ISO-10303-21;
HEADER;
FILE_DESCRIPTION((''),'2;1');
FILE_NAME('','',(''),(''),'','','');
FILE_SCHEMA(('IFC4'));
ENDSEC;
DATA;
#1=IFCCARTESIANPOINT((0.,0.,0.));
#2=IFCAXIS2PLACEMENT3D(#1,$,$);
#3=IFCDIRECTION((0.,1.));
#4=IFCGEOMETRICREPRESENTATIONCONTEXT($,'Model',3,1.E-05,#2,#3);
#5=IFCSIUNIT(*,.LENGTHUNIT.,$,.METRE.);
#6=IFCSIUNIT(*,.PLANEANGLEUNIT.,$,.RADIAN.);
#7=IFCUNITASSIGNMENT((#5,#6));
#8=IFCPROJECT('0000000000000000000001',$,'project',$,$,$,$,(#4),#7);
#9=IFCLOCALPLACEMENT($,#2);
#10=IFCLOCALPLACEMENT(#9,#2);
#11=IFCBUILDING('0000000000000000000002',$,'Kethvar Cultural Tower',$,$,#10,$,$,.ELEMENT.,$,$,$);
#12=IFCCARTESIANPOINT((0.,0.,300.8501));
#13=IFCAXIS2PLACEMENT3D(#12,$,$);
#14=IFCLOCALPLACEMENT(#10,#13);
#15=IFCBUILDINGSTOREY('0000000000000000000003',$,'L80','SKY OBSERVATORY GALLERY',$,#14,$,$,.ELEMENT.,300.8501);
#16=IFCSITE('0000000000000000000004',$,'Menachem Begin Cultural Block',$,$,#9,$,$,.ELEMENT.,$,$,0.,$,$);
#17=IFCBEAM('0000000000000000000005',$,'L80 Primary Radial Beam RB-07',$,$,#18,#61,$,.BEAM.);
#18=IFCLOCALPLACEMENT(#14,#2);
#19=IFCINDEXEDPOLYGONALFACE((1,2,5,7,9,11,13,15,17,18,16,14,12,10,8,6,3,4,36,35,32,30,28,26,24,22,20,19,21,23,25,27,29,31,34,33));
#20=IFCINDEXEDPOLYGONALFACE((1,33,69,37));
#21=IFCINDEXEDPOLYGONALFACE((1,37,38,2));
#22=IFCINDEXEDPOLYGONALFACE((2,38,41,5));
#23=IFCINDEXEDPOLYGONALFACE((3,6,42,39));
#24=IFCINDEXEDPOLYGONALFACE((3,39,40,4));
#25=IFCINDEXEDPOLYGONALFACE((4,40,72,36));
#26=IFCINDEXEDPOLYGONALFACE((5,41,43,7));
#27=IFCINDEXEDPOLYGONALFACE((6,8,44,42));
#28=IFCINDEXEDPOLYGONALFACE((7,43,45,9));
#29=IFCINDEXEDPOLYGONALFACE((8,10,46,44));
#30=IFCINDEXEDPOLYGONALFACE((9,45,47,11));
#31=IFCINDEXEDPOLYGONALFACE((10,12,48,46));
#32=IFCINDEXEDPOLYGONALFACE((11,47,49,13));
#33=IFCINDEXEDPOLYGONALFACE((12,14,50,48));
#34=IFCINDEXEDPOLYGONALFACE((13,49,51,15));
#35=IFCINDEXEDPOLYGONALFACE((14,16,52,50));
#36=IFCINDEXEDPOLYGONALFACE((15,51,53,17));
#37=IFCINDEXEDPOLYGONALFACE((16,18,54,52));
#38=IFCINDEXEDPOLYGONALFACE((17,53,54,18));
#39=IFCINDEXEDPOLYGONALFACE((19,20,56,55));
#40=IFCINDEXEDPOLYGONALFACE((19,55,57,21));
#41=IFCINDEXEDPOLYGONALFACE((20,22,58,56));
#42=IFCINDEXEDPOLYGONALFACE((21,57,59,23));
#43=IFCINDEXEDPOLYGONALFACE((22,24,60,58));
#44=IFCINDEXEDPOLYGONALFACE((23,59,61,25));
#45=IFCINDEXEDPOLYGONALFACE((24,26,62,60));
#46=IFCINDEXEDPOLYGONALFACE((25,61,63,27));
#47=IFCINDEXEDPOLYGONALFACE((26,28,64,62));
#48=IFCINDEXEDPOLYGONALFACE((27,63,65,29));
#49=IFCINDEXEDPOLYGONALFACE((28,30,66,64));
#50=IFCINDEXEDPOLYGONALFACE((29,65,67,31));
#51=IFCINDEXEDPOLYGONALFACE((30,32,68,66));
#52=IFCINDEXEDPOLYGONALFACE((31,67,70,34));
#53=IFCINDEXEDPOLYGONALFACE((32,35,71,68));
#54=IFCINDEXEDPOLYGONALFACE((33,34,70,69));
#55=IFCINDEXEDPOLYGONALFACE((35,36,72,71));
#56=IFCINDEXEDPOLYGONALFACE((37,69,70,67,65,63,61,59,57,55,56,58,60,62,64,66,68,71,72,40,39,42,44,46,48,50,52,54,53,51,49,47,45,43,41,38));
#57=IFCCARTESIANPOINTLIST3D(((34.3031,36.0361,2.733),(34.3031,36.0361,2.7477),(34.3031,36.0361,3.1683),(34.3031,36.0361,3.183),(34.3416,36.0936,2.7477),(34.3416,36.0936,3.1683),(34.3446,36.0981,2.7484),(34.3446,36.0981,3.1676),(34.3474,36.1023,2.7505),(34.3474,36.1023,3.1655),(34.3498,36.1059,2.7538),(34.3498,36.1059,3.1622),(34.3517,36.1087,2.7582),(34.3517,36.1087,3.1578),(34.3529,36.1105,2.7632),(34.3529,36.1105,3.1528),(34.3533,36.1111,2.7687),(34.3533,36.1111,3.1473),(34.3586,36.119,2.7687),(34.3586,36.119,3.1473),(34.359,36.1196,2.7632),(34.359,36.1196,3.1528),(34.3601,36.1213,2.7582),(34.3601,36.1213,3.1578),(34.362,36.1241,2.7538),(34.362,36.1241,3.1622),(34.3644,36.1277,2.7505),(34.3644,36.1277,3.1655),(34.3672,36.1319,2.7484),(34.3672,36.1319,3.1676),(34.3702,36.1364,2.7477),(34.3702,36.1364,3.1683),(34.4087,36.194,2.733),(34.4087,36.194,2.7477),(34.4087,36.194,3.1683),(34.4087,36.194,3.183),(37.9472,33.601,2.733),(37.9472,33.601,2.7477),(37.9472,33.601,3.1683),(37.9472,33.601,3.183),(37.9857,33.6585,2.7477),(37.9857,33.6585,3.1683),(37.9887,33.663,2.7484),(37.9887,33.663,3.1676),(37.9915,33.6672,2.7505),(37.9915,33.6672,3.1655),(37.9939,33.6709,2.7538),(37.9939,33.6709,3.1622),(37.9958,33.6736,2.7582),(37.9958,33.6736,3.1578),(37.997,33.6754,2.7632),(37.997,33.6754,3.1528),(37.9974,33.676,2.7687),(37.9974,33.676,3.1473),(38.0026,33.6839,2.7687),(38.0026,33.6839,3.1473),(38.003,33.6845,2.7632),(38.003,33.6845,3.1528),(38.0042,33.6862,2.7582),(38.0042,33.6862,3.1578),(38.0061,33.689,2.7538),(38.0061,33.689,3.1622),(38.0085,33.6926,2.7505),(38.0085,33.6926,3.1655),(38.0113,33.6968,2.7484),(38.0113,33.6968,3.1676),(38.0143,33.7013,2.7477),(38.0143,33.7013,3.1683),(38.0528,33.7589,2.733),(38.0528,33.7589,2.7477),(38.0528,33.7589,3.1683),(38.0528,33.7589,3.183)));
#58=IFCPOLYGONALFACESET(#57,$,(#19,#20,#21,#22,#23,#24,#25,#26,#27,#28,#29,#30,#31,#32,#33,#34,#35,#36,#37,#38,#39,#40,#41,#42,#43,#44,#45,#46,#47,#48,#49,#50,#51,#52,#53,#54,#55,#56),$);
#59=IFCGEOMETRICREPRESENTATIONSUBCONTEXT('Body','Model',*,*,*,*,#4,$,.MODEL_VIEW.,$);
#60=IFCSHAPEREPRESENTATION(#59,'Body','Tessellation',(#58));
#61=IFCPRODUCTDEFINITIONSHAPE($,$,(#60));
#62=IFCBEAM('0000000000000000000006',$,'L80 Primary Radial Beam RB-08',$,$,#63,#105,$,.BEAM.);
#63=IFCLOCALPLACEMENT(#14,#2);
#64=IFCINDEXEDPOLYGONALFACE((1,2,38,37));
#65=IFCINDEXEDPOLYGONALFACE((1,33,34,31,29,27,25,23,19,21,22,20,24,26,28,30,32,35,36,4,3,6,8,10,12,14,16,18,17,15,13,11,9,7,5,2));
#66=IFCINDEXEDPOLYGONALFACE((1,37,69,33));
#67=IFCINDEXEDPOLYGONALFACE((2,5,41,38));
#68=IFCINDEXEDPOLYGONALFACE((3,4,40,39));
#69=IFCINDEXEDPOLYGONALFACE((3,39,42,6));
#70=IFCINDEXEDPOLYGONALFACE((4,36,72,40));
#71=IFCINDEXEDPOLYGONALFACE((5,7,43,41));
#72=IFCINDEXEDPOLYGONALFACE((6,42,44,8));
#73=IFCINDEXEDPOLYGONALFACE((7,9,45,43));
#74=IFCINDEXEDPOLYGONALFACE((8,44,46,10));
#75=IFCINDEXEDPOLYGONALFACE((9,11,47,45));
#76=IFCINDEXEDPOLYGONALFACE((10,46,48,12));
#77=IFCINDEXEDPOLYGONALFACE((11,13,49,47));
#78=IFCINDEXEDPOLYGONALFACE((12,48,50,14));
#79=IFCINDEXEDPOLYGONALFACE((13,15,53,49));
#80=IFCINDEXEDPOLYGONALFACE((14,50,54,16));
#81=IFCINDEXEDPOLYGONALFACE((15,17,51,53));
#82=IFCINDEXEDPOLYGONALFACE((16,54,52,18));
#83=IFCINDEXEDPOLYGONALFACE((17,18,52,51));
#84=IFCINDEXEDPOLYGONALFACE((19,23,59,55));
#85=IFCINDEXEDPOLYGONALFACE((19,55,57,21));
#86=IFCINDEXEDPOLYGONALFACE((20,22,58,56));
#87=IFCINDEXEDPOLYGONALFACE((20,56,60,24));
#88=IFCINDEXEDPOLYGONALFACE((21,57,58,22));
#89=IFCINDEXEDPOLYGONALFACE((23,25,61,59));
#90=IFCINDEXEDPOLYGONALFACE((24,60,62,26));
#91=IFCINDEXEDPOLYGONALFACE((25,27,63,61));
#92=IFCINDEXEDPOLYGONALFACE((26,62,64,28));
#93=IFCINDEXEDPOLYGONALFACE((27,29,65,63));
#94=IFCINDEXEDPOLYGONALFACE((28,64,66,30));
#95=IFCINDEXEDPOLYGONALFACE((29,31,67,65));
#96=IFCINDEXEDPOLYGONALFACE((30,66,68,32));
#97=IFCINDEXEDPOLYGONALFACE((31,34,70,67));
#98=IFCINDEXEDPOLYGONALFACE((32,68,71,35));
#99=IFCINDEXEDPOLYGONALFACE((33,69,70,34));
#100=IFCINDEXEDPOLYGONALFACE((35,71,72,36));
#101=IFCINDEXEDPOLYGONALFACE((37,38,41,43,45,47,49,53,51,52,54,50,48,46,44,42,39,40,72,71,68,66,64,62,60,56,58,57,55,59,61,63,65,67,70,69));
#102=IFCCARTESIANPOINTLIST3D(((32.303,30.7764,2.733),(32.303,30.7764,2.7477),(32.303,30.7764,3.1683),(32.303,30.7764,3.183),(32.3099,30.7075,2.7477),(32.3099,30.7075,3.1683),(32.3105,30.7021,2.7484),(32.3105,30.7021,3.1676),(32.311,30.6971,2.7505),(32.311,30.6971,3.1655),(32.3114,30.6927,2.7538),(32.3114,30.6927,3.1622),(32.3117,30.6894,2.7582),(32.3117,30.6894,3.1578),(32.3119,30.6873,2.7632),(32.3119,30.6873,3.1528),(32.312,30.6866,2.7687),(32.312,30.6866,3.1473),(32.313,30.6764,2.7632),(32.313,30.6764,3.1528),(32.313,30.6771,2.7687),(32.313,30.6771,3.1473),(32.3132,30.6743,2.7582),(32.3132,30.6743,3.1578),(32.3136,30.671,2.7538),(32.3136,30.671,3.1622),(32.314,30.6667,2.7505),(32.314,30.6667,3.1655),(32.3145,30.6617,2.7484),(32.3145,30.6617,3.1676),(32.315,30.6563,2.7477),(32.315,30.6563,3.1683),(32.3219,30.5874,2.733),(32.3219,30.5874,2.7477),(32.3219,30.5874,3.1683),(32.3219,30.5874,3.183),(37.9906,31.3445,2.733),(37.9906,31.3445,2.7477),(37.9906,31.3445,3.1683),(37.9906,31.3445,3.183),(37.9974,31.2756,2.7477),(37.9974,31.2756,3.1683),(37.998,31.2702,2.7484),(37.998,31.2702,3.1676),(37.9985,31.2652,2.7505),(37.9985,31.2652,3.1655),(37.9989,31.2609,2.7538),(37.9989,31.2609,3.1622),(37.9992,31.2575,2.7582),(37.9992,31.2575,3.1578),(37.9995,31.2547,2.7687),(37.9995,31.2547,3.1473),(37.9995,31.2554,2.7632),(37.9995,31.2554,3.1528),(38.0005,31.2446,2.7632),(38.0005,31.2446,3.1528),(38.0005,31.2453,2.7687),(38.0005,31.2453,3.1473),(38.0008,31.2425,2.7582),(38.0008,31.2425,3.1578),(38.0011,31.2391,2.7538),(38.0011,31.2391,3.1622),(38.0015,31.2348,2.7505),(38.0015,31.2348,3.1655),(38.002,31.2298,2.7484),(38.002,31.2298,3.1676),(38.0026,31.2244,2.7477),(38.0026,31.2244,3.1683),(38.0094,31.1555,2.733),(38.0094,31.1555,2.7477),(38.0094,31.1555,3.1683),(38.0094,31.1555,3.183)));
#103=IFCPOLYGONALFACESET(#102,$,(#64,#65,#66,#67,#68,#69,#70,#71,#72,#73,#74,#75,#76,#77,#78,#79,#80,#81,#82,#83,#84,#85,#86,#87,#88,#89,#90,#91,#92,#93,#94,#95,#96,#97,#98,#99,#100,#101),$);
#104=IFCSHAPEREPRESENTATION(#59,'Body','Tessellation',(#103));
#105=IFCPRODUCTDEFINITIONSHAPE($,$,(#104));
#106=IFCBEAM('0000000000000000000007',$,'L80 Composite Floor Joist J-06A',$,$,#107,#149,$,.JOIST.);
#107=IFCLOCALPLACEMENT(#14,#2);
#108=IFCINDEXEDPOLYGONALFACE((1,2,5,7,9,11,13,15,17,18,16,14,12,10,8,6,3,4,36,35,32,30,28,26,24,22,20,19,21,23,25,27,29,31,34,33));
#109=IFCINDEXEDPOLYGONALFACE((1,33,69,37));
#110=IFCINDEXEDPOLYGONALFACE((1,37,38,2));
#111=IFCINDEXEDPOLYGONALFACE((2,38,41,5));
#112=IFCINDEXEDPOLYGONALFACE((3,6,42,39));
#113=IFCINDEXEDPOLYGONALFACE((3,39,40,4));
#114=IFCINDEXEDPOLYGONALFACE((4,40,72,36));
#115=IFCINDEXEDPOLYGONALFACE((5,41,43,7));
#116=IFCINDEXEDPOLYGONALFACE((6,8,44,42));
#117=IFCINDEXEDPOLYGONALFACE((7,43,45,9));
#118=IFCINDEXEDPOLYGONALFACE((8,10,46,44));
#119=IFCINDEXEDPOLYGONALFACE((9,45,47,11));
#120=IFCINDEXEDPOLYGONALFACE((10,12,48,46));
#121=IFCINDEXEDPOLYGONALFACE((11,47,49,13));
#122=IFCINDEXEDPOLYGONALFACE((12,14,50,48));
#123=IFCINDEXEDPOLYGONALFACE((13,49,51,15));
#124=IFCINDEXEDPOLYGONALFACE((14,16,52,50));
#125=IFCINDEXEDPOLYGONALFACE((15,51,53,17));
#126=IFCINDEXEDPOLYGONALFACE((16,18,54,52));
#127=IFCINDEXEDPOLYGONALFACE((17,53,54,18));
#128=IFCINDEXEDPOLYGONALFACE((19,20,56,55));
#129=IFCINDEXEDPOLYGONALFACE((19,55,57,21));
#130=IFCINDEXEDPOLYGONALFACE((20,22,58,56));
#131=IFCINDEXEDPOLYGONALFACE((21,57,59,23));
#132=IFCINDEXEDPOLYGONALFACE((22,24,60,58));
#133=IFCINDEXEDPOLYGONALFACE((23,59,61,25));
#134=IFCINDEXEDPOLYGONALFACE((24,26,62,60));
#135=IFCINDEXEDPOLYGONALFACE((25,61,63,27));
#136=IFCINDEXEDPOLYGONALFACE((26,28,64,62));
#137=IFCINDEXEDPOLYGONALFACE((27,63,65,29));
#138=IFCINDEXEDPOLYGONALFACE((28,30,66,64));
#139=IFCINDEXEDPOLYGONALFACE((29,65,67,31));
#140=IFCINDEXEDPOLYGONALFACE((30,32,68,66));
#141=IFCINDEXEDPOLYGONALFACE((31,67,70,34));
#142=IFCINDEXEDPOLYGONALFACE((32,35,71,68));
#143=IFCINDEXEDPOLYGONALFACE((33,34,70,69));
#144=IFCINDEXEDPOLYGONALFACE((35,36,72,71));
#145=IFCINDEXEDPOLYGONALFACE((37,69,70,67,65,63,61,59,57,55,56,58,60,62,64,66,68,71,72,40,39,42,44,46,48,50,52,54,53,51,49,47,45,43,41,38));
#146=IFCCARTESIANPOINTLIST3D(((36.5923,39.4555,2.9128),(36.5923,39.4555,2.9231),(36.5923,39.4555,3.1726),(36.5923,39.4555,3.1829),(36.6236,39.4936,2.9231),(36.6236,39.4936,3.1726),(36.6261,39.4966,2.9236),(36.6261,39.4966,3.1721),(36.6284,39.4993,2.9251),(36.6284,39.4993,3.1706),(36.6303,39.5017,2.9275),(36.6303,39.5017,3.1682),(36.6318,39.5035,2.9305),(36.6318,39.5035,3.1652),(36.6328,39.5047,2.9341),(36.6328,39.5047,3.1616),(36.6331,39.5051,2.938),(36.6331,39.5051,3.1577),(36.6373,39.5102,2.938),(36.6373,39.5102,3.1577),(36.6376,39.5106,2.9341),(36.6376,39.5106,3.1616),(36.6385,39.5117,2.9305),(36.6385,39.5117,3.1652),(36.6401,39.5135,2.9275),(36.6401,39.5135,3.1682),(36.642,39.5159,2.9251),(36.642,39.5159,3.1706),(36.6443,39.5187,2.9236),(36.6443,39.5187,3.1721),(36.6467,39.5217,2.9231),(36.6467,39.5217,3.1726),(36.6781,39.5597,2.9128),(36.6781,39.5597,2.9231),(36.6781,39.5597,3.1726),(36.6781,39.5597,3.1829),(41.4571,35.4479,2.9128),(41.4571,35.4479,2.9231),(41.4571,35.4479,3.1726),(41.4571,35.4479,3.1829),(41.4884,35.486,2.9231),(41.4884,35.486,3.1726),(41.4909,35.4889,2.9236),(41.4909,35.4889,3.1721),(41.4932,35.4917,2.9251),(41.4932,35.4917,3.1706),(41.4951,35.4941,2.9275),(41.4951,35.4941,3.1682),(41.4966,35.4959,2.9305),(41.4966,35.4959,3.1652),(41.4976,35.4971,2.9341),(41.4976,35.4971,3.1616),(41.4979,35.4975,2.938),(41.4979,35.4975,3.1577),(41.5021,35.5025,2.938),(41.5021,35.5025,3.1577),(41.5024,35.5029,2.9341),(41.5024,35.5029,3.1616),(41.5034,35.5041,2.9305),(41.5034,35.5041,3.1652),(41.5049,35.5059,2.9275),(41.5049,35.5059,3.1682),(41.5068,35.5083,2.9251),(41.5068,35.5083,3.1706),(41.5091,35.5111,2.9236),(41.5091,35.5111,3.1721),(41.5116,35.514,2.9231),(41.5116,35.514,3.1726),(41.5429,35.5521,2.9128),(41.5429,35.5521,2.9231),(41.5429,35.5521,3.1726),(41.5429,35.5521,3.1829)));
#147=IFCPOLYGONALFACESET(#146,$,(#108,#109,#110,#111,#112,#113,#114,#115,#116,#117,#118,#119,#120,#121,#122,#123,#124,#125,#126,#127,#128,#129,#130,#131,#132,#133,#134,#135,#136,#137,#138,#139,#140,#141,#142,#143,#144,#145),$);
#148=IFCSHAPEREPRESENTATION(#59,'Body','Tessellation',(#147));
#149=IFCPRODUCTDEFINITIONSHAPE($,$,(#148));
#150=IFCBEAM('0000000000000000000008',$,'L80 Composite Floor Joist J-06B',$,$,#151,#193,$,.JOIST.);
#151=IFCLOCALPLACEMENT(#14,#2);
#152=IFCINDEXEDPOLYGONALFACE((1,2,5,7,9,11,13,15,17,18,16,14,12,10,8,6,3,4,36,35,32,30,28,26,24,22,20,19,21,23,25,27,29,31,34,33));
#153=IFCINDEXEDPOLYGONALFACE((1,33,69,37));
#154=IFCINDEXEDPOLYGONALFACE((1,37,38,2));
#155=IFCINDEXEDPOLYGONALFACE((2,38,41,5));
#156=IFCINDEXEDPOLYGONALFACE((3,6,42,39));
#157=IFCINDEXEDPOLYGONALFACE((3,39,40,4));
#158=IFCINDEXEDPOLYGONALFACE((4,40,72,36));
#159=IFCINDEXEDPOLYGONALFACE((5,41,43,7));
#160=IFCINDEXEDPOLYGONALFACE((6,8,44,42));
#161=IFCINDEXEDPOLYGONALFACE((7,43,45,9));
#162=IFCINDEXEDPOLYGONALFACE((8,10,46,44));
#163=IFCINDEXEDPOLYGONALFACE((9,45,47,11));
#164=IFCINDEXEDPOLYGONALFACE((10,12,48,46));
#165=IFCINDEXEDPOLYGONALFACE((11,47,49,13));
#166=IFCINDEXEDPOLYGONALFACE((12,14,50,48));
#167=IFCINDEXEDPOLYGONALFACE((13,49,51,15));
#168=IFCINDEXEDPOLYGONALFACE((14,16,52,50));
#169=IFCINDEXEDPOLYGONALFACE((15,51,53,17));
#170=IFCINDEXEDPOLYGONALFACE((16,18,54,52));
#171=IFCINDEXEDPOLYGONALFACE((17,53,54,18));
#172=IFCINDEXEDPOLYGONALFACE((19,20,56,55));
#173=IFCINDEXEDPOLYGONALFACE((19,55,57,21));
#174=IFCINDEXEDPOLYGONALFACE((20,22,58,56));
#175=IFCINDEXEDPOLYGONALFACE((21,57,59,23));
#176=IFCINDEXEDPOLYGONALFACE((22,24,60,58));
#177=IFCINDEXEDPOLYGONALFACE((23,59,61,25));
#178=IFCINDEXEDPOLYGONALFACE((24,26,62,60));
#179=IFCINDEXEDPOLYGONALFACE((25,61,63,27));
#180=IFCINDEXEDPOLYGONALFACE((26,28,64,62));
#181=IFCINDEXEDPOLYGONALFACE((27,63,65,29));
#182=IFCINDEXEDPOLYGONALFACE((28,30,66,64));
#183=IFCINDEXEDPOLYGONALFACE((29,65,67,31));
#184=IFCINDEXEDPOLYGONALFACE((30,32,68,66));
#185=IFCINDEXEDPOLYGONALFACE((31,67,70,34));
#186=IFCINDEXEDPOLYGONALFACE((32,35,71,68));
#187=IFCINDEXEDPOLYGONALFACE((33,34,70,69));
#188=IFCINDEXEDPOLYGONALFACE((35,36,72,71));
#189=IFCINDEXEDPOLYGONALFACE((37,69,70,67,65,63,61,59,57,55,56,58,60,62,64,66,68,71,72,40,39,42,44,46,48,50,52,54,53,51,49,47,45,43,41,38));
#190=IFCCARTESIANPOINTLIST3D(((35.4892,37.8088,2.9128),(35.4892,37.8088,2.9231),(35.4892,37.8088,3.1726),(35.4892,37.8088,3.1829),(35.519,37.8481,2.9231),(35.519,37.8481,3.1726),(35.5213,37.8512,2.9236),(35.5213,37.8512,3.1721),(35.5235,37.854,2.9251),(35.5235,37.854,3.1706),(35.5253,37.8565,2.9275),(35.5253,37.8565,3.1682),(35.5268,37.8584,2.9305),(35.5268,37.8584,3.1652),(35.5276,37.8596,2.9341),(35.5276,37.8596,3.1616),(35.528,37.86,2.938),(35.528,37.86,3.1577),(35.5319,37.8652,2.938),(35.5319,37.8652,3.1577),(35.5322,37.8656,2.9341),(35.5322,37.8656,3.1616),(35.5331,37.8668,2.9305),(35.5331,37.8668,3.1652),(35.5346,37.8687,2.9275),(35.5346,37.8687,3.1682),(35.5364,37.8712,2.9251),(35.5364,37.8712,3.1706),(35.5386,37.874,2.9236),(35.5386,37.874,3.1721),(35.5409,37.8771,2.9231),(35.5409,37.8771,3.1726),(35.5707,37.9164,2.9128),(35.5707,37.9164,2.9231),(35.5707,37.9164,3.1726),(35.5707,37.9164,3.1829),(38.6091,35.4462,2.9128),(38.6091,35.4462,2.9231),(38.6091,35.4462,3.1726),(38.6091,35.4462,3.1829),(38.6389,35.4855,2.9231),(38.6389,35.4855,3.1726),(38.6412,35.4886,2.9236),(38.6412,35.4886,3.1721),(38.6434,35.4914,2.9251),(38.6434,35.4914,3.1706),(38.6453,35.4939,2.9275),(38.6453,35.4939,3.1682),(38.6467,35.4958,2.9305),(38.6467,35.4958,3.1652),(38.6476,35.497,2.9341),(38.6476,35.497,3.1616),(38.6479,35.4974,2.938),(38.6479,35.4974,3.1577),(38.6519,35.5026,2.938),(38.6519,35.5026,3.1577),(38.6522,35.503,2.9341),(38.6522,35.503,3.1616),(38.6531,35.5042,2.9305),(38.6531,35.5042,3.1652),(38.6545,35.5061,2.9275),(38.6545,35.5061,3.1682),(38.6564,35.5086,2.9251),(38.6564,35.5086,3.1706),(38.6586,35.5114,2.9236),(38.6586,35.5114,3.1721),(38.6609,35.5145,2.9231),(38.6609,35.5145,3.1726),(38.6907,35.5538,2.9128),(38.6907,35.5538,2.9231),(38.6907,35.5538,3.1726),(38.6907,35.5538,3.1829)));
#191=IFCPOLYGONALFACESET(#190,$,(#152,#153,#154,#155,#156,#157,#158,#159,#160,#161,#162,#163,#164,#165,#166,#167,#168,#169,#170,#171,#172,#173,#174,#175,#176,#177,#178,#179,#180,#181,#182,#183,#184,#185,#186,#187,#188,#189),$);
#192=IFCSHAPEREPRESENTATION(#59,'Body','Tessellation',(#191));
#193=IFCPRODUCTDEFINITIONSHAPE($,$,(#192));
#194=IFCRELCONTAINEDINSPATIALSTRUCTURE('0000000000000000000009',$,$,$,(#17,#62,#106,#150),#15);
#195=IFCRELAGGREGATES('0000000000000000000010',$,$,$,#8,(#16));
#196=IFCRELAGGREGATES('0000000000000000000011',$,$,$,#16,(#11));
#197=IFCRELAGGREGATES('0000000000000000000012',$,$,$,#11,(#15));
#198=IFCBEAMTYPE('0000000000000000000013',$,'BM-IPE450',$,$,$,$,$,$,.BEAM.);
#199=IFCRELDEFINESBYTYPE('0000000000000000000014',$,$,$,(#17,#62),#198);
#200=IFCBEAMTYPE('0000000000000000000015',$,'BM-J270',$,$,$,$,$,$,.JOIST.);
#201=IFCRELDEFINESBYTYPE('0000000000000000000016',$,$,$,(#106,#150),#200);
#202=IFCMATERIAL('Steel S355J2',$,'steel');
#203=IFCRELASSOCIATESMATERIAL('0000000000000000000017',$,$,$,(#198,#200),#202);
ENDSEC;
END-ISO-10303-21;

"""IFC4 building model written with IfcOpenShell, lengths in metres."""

from ifc_helpers import new_model, si_unit, direction, frame, origin, origin_2d, place, context, subcontext, project, spatial, i_section, extrude, source, transform, mapped, material, material_profile, profile_set, type_object, element, save


model = new_model("IFC4")

# Units and contexts
model_context = context("Model", 3, precision=1e-05, world=origin(), true_north=direction((0.0, 1.0)))
body_context = subcontext(model_context, "Body", "Model", "MODEL_VIEW")
ifc_project = project(units=[si_unit("LENGTHUNIT", "METRE"), si_unit("PLANEANGLEUNIT", "RADIAN")], contexts=[model_context])

# Site, building, storey
site_placement = place(None, origin())
site = spatial("IfcSite", under=ifc_project, at=site_placement, Name="Menachem Begin Cultural Block", CompositionType="ELEMENT", RefElevation=0.0)
building_placement = place(site_placement, origin())
building = spatial("IfcBuilding", under=site, at=building_placement, Name="Kethvar Cultural Tower", CompositionType="ELEMENT")
storey_placement = place(building_placement, frame((0.0, 0.0, 300.8501)))
storey = spatial("IfcBuildingStorey", under=building, at=storey_placement, Name="L80", Description="SKY OBSERVATORY GALLERY", CompositionType="ELEMENT", Elevation=300.8501)

# Beams
ifc_material_1 = material(Name="Steel S355J2", Category="steel")
ifc_material_profile_1 = material_profile(ifc_material_1, i_section(OverallWidth=0.1899, OverallDepth=0.45, WebThickness=0.0095, FlangeThickness=0.0146, FilletRadius=0.021, at=origin_2d()), Name="Steel S355J2 — IPE450")
ifc_profile_set_1 = profile_set([ifc_material_profile_1], Name="Steel S355J2 — IPE450")
beam_type_1 = type_object("IfcBeamType", Name="BM-IPE450", PredefinedType="BEAM", material=ifc_profile_set_1)
shared_shape_1 = source(origin(), body_context, "Body", "SweptSolid", [
    extrude(i_section(OverallWidth=0.1899, OverallDepth=0.45, WebThickness=0.0095, FlangeThickness=0.0146, FilletRadius=0.021, at=origin_2d()), origin(), (0.0, 0.0, 1.0), 4.3828),
])
beam_1_placement = place(storey_placement, frame((38.0, 33.6799, 2.958), z_axis=(-0.83145, 0.5556, 0.0), x_axis=(-0.5556, -0.83145, 0.0)))
element("IfcBeam", 1, at=beam_1_placement, inside=storey, type_object=beam_type_1, Name="L80 Primary Radial Beam RB-07", PredefinedType="BEAM", context=body_context, shape_type="MappedRepresentation", body=[
    mapped(shared_shape_1, transform((0.0, 0.0, 0.0), scale=1.0)),
])
shared_shape_2 = source(origin(), body_context, "Body", "SweptSolid", [
    extrude(i_section(OverallWidth=0.1899, OverallDepth=0.45, WebThickness=0.0095, FlangeThickness=0.0146, FilletRadius=0.021, at=origin_2d()), origin(), (0.0, 0.0, 1.0), 5.7158),
])
beam_2_placement = place(storey_placement, frame((38.0, 31.25, 2.958), z_axis=(-0.995048, -0.099394, 0.0), x_axis=(0.099394, -0.995048, 0.0)))
element("IfcBeam", 2, at=beam_2_placement, inside=storey, type_object=beam_type_1, Name="L80 Primary Radial Beam RB-08", PredefinedType="BEAM", context=body_context, shape_type="MappedRepresentation", body=[
    mapped(shared_shape_2, transform((0.0, 0.0, 0.0), scale=1.0)),
])
ifc_material_profile_2 = material_profile(ifc_material_1, i_section(OverallWidth=0.135, OverallDepth=0.27, WebThickness=0.0066, FlangeThickness=0.0103, FilletRadius=0.0149, at=origin_2d()), Name="Steel S355J2 — IPE270")
ifc_profile_set_2 = profile_set([ifc_material_profile_2], Name="Steel S355J2 — IPE270")
beam_type_2 = type_object("IfcBeamType", Name="BM-J270", PredefinedType="JOIST", material=ifc_profile_set_2)
shared_shape_3 = source(origin(), body_context, "Body", "SweptSolid", [
    extrude(i_section(OverallWidth=0.135, OverallDepth=0.27, WebThickness=0.0066, FlangeThickness=0.0103, FilletRadius=0.0149, at=origin_2d()), origin(), (0.0, 0.0, 1.0), 6.303),
])
beam_3_placement = place(storey_placement, frame((41.5, 35.5, 3.0479), z_axis=(-0.771828, 0.635831, 0.0), x_axis=(-0.635831, -0.771828, 0.0)))
element("IfcBeam", 3, at=beam_3_placement, inside=storey, type_object=beam_type_2, Name="L80 Composite Floor Joist J-06A", PredefinedType="JOIST", context=body_context, shape_type="MappedRepresentation", body=[
    mapped(shared_shape_3, transform((0.0, 0.0, 0.0), scale=1.0)),
])
shared_shape_4 = source(origin(), body_context, "Body", "SweptSolid", [
    extrude(i_section(OverallWidth=0.135, OverallDepth=0.27, WebThickness=0.0066, FlangeThickness=0.0103, FilletRadius=0.0149, at=origin_2d()), origin(), (0.0, 0.0, 1.0), 3.9136),
])
beam_4_placement = place(storey_placement, frame((38.6499, 35.5, 3.0479), z_axis=(-0.797214, 0.603697, 0.0), x_axis=(-0.603697, -0.797214, 0.0)))
element("IfcBeam", 4, at=beam_4_placement, inside=storey, type_object=beam_type_2, Name="L80 Composite Floor Joist J-06B", PredefinedType="JOIST", context=body_context, shape_type="MappedRepresentation", body=[
    mapped(shared_shape_4, transform((0.0, 0.0, 0.0), scale=1.0)),
])

save(model, "model.ifc")
